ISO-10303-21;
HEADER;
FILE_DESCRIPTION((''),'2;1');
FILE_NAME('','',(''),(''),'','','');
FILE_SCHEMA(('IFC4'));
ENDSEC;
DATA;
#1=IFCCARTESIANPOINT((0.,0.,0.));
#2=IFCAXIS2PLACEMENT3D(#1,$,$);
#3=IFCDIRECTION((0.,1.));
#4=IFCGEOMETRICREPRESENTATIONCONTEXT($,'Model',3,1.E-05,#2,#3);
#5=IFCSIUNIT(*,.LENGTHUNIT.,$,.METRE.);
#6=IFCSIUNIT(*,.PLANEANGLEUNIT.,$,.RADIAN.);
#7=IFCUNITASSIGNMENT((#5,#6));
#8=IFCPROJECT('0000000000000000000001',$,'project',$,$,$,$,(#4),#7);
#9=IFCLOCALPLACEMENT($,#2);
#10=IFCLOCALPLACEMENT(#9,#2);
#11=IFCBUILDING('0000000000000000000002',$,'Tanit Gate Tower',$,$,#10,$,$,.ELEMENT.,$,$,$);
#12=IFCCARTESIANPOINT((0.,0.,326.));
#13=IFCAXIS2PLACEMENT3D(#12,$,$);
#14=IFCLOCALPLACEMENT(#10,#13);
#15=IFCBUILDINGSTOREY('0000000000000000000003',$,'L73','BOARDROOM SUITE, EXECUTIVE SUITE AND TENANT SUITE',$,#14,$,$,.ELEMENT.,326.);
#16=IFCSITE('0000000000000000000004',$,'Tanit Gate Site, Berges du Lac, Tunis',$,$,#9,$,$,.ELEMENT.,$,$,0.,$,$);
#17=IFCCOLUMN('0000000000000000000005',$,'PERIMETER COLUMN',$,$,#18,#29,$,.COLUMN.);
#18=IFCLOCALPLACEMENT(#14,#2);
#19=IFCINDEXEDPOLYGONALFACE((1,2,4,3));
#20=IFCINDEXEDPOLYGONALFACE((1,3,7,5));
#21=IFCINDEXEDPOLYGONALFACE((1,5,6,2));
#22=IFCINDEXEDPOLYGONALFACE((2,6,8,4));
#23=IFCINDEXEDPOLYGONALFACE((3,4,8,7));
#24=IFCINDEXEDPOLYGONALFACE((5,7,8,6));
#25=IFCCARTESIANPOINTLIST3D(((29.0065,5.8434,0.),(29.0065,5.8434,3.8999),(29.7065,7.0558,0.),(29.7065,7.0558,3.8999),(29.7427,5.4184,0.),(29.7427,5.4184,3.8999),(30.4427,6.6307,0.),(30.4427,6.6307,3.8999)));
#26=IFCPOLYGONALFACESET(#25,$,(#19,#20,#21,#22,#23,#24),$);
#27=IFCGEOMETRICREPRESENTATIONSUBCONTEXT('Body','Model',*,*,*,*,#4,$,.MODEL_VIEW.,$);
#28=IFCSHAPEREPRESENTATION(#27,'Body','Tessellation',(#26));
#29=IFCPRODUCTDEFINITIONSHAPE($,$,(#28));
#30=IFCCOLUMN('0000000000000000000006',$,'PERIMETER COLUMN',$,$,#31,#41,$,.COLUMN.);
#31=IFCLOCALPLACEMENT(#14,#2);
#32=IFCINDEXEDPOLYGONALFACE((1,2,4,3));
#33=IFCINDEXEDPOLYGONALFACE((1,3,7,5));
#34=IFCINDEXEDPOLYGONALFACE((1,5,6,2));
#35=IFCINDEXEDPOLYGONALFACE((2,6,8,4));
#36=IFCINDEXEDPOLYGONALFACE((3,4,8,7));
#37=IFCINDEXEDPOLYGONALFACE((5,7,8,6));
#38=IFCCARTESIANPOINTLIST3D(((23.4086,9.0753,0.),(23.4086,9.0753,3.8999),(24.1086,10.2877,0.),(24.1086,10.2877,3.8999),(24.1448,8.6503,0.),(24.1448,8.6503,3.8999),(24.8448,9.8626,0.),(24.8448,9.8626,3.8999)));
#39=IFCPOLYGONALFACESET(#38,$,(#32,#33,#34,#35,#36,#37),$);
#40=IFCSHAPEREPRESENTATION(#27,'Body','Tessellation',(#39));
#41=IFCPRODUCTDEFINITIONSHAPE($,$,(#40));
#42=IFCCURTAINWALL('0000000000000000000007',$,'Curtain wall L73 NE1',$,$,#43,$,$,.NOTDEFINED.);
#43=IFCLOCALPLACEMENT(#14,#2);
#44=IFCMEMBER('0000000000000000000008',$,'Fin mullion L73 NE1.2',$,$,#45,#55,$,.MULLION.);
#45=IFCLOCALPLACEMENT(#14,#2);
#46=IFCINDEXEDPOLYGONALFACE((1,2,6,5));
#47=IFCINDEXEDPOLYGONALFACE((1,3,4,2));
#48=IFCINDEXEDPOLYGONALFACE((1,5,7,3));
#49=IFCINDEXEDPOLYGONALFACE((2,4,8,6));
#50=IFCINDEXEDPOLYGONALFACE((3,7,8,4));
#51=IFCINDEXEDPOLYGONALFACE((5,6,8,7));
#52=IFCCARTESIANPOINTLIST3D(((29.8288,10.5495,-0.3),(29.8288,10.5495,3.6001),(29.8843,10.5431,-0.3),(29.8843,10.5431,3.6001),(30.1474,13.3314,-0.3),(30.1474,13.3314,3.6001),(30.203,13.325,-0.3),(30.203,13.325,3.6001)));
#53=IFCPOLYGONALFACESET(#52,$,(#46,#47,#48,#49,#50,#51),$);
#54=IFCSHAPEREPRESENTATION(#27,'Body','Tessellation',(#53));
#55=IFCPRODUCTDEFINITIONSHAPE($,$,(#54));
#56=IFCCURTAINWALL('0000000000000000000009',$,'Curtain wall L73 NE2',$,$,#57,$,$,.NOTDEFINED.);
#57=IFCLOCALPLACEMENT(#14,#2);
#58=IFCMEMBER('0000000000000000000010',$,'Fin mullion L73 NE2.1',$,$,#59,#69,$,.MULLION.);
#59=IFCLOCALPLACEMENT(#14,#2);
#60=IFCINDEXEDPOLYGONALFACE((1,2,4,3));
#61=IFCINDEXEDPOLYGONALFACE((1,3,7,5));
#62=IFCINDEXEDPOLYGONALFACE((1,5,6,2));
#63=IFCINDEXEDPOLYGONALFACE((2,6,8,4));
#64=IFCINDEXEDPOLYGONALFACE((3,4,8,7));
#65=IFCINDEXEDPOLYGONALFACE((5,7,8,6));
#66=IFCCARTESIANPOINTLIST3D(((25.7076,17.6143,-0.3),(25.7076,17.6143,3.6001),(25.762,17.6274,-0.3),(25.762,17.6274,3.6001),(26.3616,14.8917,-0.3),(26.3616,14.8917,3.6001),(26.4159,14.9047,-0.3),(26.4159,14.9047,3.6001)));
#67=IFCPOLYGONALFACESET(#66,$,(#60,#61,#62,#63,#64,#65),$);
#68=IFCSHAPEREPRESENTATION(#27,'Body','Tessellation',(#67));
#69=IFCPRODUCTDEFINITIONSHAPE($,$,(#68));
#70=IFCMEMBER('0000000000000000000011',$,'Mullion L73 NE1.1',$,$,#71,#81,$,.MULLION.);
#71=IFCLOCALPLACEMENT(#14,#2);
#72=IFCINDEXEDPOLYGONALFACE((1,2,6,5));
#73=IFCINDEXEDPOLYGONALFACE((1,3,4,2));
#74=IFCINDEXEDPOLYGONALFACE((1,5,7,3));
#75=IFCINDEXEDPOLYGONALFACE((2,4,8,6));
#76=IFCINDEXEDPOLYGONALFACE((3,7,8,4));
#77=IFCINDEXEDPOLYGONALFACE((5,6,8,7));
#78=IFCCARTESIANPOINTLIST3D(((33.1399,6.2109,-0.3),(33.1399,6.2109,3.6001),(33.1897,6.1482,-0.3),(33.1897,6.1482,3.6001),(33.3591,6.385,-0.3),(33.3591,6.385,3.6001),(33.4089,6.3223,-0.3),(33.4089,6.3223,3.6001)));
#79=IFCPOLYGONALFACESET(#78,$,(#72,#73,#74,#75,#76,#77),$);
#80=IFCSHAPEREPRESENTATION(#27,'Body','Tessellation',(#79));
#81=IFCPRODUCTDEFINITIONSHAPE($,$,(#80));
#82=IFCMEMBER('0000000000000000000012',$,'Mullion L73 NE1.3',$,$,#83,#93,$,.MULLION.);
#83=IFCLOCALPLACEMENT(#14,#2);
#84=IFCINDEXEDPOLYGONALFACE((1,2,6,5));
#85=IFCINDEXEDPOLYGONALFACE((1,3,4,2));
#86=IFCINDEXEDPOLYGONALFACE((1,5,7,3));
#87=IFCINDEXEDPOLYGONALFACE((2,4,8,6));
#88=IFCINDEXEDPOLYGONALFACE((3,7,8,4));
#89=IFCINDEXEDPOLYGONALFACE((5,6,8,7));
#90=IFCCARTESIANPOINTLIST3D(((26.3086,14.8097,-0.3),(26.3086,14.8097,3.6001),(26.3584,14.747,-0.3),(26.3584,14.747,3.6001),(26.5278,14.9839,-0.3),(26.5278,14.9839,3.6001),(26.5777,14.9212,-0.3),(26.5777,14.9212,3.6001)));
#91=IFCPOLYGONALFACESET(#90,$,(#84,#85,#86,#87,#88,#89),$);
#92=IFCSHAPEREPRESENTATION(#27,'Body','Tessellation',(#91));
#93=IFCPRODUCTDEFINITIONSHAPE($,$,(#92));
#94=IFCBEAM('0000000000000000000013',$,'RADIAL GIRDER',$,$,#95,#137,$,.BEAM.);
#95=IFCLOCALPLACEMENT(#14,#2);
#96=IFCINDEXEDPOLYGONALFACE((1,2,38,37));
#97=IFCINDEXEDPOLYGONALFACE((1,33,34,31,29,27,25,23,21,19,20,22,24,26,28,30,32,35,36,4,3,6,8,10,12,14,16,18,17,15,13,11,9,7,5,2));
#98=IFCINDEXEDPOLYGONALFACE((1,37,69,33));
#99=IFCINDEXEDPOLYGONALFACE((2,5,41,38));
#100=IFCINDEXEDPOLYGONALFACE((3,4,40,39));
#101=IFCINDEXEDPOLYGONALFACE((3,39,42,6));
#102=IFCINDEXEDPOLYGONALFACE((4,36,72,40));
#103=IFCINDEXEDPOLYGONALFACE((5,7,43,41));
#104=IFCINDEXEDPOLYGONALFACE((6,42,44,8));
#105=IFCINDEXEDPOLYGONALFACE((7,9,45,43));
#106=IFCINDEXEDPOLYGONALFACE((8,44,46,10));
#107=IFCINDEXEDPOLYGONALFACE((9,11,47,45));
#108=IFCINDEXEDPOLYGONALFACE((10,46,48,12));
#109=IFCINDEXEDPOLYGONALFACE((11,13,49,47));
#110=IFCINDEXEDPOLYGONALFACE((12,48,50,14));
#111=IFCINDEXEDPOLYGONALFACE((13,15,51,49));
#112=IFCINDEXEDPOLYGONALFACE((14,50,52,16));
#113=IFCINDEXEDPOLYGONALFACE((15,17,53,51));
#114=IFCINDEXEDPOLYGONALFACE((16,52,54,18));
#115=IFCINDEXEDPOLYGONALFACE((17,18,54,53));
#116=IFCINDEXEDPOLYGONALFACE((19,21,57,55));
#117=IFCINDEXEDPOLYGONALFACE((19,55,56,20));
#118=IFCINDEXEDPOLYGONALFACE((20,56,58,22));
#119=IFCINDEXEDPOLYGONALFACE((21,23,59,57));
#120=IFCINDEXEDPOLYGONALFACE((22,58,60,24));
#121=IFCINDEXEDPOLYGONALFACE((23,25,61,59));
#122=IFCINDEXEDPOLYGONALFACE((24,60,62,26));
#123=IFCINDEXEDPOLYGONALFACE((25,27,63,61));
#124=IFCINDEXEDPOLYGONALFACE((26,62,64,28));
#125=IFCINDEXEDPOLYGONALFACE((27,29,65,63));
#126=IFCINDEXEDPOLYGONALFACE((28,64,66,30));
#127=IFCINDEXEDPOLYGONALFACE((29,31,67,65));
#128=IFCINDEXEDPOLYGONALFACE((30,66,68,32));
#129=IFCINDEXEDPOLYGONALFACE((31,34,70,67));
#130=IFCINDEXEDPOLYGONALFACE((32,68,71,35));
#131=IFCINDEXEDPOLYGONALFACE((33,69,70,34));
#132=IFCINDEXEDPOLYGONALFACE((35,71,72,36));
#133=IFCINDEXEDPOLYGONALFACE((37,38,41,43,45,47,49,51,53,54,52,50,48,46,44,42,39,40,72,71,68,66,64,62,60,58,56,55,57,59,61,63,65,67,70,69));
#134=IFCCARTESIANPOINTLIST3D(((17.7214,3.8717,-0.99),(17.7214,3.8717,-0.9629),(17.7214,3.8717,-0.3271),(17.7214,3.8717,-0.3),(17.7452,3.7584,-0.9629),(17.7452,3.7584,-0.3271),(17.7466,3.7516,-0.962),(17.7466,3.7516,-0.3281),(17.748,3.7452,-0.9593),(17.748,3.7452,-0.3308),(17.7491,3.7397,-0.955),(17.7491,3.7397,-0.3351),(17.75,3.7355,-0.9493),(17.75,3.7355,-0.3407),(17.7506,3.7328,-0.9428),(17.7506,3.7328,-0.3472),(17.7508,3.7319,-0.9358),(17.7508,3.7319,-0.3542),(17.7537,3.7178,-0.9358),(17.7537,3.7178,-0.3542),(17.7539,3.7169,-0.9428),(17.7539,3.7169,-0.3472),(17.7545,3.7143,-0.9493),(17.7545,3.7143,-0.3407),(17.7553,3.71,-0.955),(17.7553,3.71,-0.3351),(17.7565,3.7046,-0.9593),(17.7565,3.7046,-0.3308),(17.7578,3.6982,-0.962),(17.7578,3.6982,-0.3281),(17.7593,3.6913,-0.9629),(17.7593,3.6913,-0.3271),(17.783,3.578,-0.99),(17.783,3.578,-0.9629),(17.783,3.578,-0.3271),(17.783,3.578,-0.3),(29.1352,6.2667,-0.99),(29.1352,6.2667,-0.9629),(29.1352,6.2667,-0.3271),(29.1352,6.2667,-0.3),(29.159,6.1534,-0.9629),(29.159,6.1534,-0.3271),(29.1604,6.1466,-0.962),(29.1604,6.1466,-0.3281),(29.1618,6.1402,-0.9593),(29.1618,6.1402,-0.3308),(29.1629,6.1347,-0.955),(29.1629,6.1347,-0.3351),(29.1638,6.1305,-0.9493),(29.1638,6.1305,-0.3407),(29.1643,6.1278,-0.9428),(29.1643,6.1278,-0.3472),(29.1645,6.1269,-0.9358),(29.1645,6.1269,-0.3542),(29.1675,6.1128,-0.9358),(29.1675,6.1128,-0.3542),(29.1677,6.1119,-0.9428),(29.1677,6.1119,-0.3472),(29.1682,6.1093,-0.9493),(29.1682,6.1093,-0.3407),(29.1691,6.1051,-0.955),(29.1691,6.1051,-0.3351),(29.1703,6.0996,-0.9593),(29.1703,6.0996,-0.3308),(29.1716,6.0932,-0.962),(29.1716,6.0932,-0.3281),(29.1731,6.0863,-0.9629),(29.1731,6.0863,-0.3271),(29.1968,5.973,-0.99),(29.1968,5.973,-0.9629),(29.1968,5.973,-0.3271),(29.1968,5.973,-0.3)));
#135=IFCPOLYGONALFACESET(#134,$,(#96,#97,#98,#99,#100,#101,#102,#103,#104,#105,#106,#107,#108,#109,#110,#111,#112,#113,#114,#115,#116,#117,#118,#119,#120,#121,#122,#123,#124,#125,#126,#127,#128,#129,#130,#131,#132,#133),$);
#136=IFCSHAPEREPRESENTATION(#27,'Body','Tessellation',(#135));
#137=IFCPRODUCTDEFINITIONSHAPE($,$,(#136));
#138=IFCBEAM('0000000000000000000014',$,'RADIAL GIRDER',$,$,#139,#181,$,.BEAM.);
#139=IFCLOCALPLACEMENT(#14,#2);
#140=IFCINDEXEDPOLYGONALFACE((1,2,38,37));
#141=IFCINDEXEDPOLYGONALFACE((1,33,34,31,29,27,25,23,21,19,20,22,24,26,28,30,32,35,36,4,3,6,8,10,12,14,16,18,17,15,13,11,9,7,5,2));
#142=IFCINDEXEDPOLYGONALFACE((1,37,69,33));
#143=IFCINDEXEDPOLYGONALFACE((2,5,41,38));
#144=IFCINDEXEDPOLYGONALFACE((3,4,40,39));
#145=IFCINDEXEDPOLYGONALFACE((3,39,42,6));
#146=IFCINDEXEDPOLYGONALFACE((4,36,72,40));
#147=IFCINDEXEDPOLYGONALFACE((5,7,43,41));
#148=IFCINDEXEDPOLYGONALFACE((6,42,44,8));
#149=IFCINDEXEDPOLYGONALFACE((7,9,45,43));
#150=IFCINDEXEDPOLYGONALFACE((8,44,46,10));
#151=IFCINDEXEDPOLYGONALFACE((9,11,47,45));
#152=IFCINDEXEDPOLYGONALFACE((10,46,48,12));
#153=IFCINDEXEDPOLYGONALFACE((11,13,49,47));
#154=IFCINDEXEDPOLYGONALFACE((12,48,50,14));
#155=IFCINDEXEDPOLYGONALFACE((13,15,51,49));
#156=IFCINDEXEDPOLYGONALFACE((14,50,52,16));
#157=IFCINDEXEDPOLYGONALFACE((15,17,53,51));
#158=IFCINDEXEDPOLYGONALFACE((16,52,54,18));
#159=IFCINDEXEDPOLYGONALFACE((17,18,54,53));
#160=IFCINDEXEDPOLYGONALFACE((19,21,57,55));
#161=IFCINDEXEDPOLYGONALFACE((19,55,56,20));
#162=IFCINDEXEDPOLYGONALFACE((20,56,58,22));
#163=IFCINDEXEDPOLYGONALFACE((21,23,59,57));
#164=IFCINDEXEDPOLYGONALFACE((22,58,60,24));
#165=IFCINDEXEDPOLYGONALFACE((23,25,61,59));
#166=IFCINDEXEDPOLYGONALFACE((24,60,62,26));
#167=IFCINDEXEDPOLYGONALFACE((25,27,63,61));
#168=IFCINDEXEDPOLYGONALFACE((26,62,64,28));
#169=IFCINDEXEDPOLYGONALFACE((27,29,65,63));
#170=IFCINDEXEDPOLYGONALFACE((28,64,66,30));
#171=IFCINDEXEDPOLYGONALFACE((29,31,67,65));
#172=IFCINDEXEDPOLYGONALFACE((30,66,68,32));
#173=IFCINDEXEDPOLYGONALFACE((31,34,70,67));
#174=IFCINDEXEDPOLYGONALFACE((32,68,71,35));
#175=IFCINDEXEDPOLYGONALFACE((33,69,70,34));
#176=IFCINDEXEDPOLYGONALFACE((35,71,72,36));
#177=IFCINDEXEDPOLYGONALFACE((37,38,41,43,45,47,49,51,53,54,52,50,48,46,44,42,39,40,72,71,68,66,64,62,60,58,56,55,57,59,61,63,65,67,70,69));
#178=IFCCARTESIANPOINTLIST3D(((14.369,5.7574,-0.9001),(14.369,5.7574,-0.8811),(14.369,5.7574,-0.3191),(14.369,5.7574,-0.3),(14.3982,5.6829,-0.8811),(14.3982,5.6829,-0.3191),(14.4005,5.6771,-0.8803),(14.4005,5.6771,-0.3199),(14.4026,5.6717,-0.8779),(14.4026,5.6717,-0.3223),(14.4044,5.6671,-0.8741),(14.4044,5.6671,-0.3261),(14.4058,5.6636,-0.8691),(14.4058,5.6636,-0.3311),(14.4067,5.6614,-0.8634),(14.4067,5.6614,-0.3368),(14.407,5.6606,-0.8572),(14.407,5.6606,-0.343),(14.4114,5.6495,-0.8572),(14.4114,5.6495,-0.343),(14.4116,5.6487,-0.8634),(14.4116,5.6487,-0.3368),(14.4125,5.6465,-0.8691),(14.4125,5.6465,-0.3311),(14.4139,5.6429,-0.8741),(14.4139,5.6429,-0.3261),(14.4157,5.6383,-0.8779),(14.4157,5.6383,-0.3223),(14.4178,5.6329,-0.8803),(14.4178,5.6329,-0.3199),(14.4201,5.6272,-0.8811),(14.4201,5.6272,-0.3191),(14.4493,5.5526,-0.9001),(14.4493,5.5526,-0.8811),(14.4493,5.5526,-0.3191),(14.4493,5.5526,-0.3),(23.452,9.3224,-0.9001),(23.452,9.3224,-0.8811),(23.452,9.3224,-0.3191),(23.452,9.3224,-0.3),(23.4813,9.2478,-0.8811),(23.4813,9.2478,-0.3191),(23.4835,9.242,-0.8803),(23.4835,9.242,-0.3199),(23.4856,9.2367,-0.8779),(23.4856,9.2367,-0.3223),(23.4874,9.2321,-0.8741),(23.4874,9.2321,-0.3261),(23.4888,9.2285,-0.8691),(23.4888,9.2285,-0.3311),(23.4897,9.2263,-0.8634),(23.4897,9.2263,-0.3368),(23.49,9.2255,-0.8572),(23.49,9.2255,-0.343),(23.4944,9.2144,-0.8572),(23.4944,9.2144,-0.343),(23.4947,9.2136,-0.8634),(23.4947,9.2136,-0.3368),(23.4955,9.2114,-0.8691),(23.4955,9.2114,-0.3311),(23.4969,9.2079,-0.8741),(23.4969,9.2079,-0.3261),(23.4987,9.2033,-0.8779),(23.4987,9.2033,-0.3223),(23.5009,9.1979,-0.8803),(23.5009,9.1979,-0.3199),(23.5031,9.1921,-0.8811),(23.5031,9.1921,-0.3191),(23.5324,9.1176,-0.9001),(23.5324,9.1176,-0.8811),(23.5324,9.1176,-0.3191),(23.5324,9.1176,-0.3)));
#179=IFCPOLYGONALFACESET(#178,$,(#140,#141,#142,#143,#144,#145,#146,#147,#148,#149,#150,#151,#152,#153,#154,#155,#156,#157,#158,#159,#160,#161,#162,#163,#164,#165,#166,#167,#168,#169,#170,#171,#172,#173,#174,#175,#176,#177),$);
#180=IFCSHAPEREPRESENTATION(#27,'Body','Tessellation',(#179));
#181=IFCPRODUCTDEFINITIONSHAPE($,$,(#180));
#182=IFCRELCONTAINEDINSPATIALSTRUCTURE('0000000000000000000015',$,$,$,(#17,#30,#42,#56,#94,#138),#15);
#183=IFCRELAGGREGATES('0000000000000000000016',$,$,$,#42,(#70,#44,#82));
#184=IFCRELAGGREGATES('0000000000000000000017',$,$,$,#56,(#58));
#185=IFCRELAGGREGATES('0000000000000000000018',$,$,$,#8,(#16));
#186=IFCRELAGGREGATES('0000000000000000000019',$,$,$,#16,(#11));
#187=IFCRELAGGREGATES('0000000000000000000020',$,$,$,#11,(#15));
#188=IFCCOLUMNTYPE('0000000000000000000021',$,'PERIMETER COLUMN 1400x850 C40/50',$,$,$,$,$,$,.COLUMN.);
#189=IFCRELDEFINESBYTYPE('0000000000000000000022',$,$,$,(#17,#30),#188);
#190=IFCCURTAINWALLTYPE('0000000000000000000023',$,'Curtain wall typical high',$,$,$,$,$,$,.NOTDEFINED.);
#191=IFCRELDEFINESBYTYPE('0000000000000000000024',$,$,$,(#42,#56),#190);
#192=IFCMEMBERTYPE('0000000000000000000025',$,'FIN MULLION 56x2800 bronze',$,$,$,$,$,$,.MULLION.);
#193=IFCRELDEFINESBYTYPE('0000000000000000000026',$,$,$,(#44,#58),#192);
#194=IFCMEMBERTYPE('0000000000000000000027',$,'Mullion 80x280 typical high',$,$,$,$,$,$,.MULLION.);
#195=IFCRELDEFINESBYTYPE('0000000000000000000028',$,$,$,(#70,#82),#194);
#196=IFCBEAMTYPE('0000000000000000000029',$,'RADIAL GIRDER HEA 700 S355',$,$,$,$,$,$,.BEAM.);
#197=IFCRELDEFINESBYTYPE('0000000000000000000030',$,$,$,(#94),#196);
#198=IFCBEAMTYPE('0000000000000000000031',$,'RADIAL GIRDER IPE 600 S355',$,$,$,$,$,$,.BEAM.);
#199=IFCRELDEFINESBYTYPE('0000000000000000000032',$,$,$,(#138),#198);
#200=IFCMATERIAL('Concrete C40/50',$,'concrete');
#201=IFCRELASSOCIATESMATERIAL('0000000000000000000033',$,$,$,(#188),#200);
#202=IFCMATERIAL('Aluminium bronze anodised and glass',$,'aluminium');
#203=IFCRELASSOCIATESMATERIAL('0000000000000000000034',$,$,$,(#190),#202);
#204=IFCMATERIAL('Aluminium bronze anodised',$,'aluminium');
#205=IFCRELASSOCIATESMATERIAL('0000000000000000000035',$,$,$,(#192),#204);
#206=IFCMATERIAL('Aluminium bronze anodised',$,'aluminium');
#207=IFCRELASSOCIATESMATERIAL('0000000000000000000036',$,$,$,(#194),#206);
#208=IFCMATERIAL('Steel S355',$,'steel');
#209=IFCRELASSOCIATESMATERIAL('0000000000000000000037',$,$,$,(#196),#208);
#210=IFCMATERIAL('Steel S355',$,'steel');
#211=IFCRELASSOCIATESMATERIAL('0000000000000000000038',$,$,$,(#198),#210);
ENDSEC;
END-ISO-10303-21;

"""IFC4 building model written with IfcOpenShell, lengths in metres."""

from ifc_helpers import new_model, si_unit, direction, frame, origin, origin_2d, place, context, subcontext, project, spatial, rectangle, i_section, extrude, material, material_profile, profile_set, type_object, element, aggregate, save


model = new_model("IFC4")

# Units and contexts
model_context = context("Model", 3, precision=1e-05, world=origin(), true_north=direction((0.0, 1.0)))
body_context = subcontext(model_context, "Body", "Model", "MODEL_VIEW")
ifc_project = project(units=[si_unit("LENGTHUNIT", "METRE"), si_unit("PLANEANGLEUNIT", "RADIAN")], contexts=[model_context])

# Site, building, storey
site_placement = place(None, origin())
site = spatial("IfcSite", under=ifc_project, at=site_placement, Name="Tanit Gate Site, Berges du Lac, Tunis", CompositionType="ELEMENT", RefElevation=0.0)
building_placement = place(site_placement, origin())
building = spatial("IfcBuilding", under=site, at=building_placement, Name="Tanit Gate Tower", CompositionType="ELEMENT")
storey_placement = place(building_placement, frame((0.0, 0.0, 326.0)))
storey = spatial("IfcBuildingStorey", under=building, at=storey_placement, Name="L73", Description="BOARDROOM SUITE, EXECUTIVE SUITE AND TENANT SUITE", CompositionType="ELEMENT", Elevation=326.0)

# Columns
ifc_material_1 = material(Name="Concrete C40/50", Category="concrete")
ifc_material_profile_1 = material_profile(ifc_material_1, rectangle(XDim=1.3999, YDim=0.8501, at=origin_2d()), Name="RC 1400x850")
ifc_profile_set_1 = profile_set([ifc_material_profile_1], Name="Concrete C40/50")
column_type = type_object("IfcColumnType", Name="PERIMETER COLUMN 1400x850 C40/50", PredefinedType="COLUMN", material=ifc_profile_set_1)
for number, where, z_axis, x_axis, name in (
    (1, (29.7246, 6.2371, 0.0), (0.0, 0.0, 1.0), (0.5, 0.866025, 0.0), "PERIMETER COLUMN"),
    (2, (24.1267, 9.469, 0.0), (0.0, 0.0, 1.0), (0.5, 0.866025, 0.0), "PERIMETER COLUMN"),
):
    element("IfcColumn", number, at=place(storey_placement, frame(where, z_axis=z_axis, x_axis=x_axis)), inside=storey, type_object=column_type, Name=name, PredefinedType="COLUMN", context=body_context, shape_type="SweptSolid", body=[
        extrude(rectangle(XDim=1.3999, YDim=0.8501, at=origin_2d()), origin(), (0.0, 0.0, 1.0), 3.8999),
    ])

# Curtain walls, members
ifc_material_2 = material(Name="Aluminium bronze anodised and glass", Category="aluminium")
curtain_wall_type = type_object("IfcCurtainWallType", Name="Curtain wall typical high", PredefinedType="NOTDEFINED", material=ifc_material_2)
curtain_wall_1_placement = place(storey_placement, origin())
curtain_wall_1 = element("IfcCurtainWall", 3, at=curtain_wall_1_placement, inside=storey, type_object=curtain_wall_type, Name="Curtain wall L73 NE1", PredefinedType="NOTDEFINED")
ifc_material_3 = material(Name="Aluminium bronze anodised", Category="aluminium")
ifc_material_profile_2 = material_profile(ifc_material_3, rectangle(XDim=2.8, YDim=0.0559, at=origin_2d()), Name="56x2800 bronze fin mullion")
ifc_profile_set_2 = profile_set([ifc_material_profile_2], Name="Aluminium bronze anodised")
member_type_1 = type_object("IfcMemberType", Name="FIN MULLION 56x2800 bronze", PredefinedType="MULLION", material=ifc_profile_set_2)
member_1_placement = place(storey_placement, frame((30.0159, 11.9373, -0.3), z_axis=(0.0, 0.0, 1.0), x_axis=(-0.113811, -0.993502, 0.0)))
member_1 = element("IfcMember", 4, at=member_1_placement, type_object=member_type_1, Name="Fin mullion L73 NE1.2", PredefinedType="MULLION", context=body_context, shape_type="SweptSolid", body=[
    extrude(rectangle(XDim=2.8, YDim=0.0559, at=origin_2d()), origin(), (0.0, 0.0, 1.0), 3.9001),
])
curtain_wall_2_placement = place(storey_placement, origin())
curtain_wall_2 = element("IfcCurtainWall", 5, at=curtain_wall_2_placement, inside=storey, type_object=curtain_wall_type, Name="Curtain wall L73 NE2", PredefinedType="NOTDEFINED")
member_2_placement = place(storey_placement, frame((26.0618, 16.2595, -0.3), z_axis=(0.0, 0.0, 1.0), x_axis=(0.233557, -0.972343, 0.0)))
member_2 = element("IfcMember", 6, at=member_2_placement, type_object=member_type_1, Name="Fin mullion L73 NE2.1", PredefinedType="MULLION", context=body_context, shape_type="SweptSolid", body=[
    extrude(rectangle(XDim=2.8, YDim=0.0559, at=origin_2d()), origin(), (0.0, 0.0, 1.0), 3.9001),
])

# Members
ifc_material_4 = material(Name="Aluminium bronze anodised", Category="aluminium")
ifc_material_profile_3 = material_profile(ifc_material_4, rectangle(XDim=0.28, YDim=0.0801, at=origin_2d()), Name="80x280 bronze mullion")
ifc_profile_set_3 = profile_set([ifc_material_profile_3], Name="Aluminium bronze anodised")
member_type_2 = type_object("IfcMemberType", Name="Mullion 80x280 typical high", PredefinedType="MULLION", material=ifc_profile_set_3)
member_3_placement = place(storey_placement, frame((33.2744, 6.2666, -0.3), z_axis=(0.0, 0.0, 1.0), x_axis=(-0.782989, -0.622036, 0.0)))
member_3 = element("IfcMember", 7, at=member_3_placement, type_object=member_type_2, Name="Mullion L73 NE1.1", PredefinedType="MULLION", context=body_context, shape_type="SweptSolid", body=[
    extrude(rectangle(XDim=0.28, YDim=0.0801, at=origin_2d()), origin(), (0.0, 0.0, 1.0), 3.9001),
])
member_4_placement = place(storey_placement, frame((26.4431, 14.8655, -0.3), z_axis=(0.0, 0.0, 1.0), x_axis=(-0.782989, -0.622036, 0.0)))
member_4 = element("IfcMember", 8, at=member_4_placement, type_object=member_type_2, Name="Mullion L73 NE1.3", PredefinedType="MULLION", context=body_context, shape_type="SweptSolid", body=[
    extrude(rectangle(XDim=0.28, YDim=0.0801, at=origin_2d()), origin(), (0.0, 0.0, 1.0), 3.9001),
])

# Beams
ifc_material_5 = material(Name="Steel S355", Category="steel")
ifc_material_profile_4 = material_profile(ifc_material_5, i_section(OverallWidth=0.3, OverallDepth=0.6899, WebThickness=0.0144, FlangeThickness=0.0271, FilletRadius=0.0271, at=origin_2d()), Name="HEA 700")
ifc_profile_set_4 = profile_set([ifc_material_profile_4], Name="Steel S355")
beam_type_1 = type_object("IfcBeamType", Name="RADIAL GIRDER HEA 700 S355", PredefinedType="BEAM", material=ifc_profile_set_4)
beam_1_placement = place(storey_placement, frame((29.166, 6.1199, -0.645), z_axis=(-0.978686, -0.205363, 0.0), x_axis=(0.205363, -0.978686, 0.0)))
element("IfcBeam", 9, at=beam_1_placement, inside=storey, type_object=beam_type_1, Name="RADIAL GIRDER", PredefinedType="BEAM", context=body_context, shape_type="SweptSolid", body=[
    extrude(i_section(OverallWidth=0.3, OverallDepth=0.6899, WebThickness=0.0144, FlangeThickness=0.0271, FilletRadius=0.0271, at=origin_2d()), origin(), (0.0, 0.0, 1.0), 11.6624),
])
ifc_material_6 = material(Name="Steel S355", Category="steel")
ifc_material_profile_5 = material_profile(ifc_material_6, i_section(OverallWidth=0.22, OverallDepth=0.6001, WebThickness=0.012, FlangeThickness=0.019, FilletRadius=0.0239, at=origin_2d()), Name="IPE 600")
ifc_profile_set_5 = profile_set([ifc_material_profile_5], Name="Steel S355")
beam_type_2 = type_object("IfcBeamType", Name="RADIAL GIRDER IPE 600 S355", PredefinedType="BEAM", material=ifc_profile_set_5)
beam_2_placement = place(storey_placement, frame((23.4922, 9.22, -0.6001), z_axis=(-0.930869, -0.365352, 0.0), x_axis=(0.365352, -0.930869, 0.0)))
element("IfcBeam", 10, at=beam_2_placement, inside=storey, type_object=beam_type_2, Name="RADIAL GIRDER", PredefinedType="BEAM", context=body_context, shape_type="SweptSolid", body=[
    extrude(i_section(OverallWidth=0.22, OverallDepth=0.6001, WebThickness=0.012, FlangeThickness=0.019, FilletRadius=0.0239, at=origin_2d()), origin(), (0.0, 0.0, 1.0), 9.7576),
])

aggregate(curtain_wall_1, [member_3, member_1, member_4])
aggregate(curtain_wall_2, [member_2])

save(model, "model.ifc")
